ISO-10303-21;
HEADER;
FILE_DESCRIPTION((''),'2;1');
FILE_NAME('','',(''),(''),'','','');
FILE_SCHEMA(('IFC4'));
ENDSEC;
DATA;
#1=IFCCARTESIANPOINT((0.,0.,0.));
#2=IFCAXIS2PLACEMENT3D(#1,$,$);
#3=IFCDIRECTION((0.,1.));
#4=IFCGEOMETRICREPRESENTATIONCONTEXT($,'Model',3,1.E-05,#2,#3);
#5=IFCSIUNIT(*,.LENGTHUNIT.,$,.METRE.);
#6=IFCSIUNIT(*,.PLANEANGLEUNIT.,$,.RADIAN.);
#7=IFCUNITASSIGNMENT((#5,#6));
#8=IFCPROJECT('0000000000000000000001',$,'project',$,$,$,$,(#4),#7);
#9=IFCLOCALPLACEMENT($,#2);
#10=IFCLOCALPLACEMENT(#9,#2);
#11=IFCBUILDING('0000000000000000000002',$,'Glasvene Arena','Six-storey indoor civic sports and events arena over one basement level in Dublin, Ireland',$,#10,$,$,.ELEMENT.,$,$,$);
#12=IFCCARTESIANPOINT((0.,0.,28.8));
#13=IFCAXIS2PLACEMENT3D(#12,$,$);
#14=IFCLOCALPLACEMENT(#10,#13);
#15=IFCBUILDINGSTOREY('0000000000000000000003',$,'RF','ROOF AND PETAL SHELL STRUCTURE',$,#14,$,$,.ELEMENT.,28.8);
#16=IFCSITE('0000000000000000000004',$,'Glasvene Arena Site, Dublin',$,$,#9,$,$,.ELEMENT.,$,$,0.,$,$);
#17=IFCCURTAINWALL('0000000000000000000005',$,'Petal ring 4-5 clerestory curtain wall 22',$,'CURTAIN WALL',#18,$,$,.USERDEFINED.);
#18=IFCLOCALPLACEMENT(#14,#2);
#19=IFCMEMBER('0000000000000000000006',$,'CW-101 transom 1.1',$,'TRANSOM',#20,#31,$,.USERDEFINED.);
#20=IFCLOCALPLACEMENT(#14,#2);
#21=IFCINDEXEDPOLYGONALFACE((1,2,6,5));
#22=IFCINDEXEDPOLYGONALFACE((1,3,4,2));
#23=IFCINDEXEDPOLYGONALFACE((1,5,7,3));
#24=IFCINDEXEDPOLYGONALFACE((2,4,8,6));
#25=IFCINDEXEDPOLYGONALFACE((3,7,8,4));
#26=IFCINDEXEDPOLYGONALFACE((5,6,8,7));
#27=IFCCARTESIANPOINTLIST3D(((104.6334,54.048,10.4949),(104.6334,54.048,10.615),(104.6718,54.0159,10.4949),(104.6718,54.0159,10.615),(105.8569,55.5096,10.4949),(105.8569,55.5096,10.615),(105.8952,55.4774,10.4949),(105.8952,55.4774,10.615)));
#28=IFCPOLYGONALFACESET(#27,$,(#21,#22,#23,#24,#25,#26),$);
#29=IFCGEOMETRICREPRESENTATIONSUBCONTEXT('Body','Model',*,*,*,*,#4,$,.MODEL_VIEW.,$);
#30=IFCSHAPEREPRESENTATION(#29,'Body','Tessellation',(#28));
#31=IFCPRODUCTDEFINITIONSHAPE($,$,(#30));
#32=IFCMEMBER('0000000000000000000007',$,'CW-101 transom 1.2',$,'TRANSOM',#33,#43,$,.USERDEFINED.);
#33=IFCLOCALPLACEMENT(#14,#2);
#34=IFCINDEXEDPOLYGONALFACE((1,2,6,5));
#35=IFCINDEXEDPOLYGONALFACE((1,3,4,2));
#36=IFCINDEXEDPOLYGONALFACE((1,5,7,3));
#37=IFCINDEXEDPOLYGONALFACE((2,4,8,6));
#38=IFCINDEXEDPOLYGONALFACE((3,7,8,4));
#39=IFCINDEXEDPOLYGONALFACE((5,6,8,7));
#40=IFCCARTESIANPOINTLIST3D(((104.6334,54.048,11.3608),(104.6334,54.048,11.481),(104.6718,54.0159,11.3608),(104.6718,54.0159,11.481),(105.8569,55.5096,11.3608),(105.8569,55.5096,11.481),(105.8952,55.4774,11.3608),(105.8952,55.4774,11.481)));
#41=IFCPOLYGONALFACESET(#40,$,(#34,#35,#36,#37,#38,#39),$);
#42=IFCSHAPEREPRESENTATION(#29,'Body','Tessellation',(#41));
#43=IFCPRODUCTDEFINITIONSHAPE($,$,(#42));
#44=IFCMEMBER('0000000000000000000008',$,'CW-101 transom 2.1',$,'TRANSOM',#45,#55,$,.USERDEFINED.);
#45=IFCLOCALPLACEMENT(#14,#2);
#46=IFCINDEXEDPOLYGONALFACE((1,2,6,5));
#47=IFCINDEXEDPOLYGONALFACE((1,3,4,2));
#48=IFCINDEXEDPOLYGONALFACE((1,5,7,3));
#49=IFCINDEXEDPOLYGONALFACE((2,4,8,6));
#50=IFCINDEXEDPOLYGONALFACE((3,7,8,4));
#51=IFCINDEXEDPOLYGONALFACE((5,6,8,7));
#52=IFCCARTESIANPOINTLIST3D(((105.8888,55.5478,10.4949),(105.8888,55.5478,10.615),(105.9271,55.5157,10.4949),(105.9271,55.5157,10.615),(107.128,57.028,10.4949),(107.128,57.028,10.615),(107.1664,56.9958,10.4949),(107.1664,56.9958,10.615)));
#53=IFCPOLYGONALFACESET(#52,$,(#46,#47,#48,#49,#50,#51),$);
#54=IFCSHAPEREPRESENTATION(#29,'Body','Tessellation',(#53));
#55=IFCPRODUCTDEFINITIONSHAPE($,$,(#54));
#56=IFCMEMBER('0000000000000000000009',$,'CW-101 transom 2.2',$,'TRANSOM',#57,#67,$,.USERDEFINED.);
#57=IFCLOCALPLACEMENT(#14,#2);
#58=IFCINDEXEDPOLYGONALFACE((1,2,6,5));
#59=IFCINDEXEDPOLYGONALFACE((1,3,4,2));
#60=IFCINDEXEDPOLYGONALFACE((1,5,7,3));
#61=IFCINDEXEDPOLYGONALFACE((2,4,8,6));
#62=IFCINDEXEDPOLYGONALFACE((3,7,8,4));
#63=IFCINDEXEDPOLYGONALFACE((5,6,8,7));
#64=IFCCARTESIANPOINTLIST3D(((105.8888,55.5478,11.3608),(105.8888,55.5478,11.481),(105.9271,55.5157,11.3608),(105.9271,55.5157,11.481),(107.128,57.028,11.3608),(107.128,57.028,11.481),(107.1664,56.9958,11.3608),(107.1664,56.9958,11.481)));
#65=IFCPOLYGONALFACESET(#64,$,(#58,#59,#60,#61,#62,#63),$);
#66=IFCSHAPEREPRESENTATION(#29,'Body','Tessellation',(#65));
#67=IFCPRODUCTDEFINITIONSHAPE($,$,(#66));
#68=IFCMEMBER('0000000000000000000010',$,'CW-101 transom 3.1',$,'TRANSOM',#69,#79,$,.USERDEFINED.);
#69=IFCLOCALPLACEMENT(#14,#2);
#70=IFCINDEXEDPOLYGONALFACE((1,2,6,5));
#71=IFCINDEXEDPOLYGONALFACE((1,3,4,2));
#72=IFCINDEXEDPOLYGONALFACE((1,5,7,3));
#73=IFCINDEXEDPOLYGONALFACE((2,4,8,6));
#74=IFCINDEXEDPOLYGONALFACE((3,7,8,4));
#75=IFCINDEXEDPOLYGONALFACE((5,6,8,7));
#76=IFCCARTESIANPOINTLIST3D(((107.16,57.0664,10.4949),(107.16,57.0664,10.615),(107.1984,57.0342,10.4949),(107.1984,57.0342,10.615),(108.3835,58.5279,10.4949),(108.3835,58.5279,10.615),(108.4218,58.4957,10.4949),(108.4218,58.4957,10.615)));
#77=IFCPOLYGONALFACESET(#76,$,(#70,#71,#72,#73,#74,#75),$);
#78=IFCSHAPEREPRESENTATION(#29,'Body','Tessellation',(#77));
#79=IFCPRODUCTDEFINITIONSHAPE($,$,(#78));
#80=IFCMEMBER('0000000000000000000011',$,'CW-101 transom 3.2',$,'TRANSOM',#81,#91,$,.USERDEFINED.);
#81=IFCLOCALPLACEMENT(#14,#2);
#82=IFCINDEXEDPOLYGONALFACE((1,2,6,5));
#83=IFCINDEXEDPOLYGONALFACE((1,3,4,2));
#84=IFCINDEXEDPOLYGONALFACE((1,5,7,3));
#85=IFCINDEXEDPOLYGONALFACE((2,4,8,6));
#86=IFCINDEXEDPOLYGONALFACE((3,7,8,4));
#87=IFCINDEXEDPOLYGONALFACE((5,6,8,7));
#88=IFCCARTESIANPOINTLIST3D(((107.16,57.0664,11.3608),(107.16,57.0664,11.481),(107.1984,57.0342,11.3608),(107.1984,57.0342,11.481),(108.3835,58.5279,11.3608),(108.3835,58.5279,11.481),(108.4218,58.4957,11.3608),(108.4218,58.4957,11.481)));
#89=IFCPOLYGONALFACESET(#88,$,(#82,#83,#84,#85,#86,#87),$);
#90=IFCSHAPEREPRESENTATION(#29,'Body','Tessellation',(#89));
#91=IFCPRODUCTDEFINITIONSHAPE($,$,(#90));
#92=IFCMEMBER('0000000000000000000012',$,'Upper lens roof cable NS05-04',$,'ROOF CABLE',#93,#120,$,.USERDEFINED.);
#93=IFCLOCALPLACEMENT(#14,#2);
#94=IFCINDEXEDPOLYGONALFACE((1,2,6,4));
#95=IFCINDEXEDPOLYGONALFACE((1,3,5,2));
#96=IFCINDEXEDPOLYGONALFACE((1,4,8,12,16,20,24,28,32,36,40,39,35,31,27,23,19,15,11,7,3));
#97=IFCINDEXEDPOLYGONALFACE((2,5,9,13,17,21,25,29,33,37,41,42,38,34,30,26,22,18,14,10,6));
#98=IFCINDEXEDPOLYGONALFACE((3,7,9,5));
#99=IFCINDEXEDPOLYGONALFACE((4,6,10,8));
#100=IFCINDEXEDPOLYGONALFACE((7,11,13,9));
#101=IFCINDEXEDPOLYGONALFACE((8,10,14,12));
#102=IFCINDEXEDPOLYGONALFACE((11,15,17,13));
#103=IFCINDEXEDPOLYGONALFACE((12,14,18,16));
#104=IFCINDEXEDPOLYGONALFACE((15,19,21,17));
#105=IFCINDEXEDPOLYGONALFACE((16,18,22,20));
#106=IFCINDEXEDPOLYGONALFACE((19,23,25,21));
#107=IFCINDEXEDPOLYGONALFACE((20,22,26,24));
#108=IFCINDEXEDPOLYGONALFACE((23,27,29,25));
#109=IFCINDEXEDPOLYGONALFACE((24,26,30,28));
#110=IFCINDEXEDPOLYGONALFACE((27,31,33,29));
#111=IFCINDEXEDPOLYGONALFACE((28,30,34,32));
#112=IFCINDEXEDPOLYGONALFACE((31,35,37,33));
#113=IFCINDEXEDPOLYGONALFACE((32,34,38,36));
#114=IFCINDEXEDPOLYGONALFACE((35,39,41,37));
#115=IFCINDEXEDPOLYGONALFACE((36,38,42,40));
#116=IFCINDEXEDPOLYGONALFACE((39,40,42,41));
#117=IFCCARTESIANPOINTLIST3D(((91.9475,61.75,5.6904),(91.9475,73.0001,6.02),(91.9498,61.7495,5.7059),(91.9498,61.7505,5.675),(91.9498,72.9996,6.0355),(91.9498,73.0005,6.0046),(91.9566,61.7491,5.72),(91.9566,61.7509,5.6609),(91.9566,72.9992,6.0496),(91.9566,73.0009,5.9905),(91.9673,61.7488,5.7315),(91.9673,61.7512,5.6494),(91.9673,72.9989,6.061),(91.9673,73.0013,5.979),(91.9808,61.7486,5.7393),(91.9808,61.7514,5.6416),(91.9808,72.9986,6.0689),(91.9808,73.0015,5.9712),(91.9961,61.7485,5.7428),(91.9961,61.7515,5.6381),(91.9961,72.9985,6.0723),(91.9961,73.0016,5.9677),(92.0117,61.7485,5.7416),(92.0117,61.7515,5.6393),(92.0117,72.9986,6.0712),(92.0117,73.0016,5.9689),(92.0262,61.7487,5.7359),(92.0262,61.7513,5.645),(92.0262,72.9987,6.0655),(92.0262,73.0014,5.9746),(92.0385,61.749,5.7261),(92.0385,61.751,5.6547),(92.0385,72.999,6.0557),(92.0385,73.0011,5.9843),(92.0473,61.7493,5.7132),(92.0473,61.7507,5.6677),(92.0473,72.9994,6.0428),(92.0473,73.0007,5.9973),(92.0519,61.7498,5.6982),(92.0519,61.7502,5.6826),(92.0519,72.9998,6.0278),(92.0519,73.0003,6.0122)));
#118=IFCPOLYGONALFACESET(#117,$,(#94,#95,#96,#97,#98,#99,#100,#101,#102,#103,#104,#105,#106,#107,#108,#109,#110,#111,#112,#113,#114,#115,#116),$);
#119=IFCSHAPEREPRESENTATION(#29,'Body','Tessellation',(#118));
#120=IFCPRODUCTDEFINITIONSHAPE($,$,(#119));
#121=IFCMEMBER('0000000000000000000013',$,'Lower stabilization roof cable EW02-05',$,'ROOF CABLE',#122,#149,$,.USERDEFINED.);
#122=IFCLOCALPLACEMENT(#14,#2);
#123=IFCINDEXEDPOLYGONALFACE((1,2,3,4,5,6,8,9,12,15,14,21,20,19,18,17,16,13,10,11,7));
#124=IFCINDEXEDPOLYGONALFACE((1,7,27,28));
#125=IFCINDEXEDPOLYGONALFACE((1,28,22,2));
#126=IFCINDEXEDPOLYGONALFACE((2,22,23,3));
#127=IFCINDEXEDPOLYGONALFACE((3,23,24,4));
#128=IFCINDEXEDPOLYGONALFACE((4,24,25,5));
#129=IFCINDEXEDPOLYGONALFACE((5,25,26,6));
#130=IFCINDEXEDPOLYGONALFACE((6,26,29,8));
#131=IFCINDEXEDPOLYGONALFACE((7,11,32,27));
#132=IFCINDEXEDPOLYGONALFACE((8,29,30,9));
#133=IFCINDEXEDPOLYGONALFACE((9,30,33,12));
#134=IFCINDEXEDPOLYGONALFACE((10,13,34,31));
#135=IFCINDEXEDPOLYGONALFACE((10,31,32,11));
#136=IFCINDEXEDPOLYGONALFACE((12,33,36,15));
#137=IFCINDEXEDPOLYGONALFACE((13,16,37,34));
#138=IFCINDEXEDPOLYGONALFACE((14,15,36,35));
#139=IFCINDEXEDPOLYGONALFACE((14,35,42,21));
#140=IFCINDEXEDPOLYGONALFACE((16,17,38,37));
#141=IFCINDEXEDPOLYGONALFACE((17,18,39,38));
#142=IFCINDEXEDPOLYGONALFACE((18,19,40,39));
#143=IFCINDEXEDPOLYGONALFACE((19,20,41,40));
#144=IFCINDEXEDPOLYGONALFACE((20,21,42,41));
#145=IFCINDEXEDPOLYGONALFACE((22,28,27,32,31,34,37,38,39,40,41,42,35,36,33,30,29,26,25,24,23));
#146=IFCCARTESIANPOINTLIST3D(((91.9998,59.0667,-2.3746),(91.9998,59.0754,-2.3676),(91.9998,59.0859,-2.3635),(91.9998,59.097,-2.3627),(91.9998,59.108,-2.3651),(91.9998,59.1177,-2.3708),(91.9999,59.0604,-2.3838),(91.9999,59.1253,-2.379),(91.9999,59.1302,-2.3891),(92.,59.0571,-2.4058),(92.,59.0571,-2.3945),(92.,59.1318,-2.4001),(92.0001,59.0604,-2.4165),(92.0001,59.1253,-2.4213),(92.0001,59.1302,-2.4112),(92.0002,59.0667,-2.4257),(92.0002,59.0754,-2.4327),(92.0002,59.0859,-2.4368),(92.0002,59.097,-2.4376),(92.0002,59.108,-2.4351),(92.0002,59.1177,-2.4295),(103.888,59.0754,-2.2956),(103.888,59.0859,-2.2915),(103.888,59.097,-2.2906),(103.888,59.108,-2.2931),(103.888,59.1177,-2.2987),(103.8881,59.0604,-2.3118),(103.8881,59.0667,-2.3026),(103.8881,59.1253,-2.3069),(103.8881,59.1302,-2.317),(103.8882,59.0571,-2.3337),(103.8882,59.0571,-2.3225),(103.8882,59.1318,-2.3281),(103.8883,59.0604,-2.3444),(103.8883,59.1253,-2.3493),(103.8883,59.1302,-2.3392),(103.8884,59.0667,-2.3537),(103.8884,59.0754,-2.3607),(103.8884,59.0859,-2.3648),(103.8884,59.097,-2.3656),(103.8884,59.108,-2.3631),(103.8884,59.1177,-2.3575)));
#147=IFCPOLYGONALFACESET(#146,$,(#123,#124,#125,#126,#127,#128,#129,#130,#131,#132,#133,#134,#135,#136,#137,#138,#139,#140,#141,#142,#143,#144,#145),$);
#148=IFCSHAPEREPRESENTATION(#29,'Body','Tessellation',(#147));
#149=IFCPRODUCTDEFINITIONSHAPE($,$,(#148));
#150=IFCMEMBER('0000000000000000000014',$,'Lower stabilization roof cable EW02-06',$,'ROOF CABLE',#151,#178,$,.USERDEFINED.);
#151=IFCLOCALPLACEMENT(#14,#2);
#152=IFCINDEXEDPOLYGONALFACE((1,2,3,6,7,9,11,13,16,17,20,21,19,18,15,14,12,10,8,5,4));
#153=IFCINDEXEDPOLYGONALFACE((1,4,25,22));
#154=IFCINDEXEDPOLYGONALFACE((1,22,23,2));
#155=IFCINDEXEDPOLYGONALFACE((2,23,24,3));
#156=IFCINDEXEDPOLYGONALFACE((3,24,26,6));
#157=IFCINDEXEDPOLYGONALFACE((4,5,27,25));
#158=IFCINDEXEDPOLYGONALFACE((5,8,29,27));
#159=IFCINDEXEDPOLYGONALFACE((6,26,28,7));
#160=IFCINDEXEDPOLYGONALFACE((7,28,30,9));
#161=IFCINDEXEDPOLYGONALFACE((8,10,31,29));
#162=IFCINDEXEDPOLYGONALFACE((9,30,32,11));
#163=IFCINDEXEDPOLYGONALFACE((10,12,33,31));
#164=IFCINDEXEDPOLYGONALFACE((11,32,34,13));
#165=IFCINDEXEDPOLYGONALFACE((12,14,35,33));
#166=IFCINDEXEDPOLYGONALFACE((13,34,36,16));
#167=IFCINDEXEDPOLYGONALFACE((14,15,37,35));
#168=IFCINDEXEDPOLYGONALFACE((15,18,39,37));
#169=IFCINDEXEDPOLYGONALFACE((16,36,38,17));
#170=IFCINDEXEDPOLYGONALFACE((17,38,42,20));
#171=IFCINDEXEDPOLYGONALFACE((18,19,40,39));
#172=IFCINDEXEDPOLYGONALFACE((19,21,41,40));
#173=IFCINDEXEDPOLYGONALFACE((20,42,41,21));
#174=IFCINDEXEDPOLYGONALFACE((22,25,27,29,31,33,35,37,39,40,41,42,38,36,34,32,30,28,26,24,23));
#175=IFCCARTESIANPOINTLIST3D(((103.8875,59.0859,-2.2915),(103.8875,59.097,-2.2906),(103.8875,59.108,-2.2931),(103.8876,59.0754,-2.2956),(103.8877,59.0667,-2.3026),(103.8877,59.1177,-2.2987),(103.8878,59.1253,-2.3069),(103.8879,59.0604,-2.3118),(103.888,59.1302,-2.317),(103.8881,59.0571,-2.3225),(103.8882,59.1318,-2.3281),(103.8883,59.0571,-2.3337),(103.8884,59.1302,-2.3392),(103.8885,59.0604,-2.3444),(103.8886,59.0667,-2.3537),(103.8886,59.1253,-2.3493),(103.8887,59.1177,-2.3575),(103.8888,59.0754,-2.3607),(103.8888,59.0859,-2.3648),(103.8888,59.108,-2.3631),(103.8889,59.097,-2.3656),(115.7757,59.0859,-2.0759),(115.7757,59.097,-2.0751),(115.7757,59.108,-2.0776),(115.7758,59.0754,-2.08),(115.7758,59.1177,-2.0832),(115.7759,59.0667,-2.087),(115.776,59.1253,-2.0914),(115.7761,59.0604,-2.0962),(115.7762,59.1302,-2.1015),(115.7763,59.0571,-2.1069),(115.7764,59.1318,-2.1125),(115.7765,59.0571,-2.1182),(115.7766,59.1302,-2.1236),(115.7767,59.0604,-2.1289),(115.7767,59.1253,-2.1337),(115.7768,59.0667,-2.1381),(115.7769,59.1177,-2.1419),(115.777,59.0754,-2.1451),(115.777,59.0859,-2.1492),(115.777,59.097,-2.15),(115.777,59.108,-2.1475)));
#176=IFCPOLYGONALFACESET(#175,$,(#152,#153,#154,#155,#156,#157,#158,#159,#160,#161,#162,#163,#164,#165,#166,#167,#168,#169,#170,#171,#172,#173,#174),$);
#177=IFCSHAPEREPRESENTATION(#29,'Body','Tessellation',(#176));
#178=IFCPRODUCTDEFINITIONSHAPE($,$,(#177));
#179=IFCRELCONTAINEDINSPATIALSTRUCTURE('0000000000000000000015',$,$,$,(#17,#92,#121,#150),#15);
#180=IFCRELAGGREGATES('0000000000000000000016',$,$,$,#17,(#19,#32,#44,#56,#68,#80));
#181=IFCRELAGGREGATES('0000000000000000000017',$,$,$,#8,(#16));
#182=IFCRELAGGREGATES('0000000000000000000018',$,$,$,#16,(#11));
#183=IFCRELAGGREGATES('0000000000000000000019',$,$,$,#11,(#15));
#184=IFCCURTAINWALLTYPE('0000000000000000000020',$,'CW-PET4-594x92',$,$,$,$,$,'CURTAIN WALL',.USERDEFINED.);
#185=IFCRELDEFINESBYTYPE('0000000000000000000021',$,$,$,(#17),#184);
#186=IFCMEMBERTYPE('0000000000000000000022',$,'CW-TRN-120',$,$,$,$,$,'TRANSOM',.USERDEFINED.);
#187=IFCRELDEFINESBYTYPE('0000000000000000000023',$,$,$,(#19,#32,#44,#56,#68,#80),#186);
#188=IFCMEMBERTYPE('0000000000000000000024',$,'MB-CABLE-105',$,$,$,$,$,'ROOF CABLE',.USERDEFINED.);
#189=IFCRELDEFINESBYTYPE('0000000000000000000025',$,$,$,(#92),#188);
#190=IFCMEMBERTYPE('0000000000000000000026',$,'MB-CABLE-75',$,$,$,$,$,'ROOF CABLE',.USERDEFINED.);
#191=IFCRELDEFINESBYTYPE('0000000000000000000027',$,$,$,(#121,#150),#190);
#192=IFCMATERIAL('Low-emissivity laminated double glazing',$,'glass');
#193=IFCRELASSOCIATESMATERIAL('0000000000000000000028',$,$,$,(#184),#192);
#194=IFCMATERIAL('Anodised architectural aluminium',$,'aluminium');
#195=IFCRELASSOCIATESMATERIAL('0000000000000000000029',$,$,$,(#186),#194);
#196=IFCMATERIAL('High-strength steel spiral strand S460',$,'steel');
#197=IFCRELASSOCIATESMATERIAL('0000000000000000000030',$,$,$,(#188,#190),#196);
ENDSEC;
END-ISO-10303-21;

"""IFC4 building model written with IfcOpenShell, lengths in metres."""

from ifc_helpers import new_model, si_unit, direction, frame, origin, origin_2d, place, context, subcontext, project, spatial, rectangle, circle, extrude, material, material_profile, profile_set, type_object, element, aggregate, save


model = new_model("IFC4")

# Units and contexts
model_context = context("Model", 3, precision=1e-05, world=origin(), true_north=direction((0.0, 1.0)))
body_context = subcontext(model_context, "Body", "Model", "MODEL_VIEW")
ifc_project = project(units=[si_unit("LENGTHUNIT", "METRE"), si_unit("PLANEANGLEUNIT", "RADIAN")], contexts=[model_context])

# Site, building, storey
site_placement = place(None, origin())
site = spatial("IfcSite", under=ifc_project, at=site_placement, Name="Glasvene Arena Site, Dublin", CompositionType="ELEMENT", RefElevation=0.0)
building_placement = place(site_placement, origin())
building = spatial("IfcBuilding", under=site, at=building_placement, Name="Glasvene Arena", Description="Six-storey indoor civic sports and events arena over one basement level in Dublin, Ireland", CompositionType="ELEMENT")
storey_placement = place(building_placement, frame((0.0, 0.0, 28.8)))
storey = spatial("IfcBuildingStorey", under=building, at=storey_placement, Name="RF", Description="ROOF AND PETAL SHELL STRUCTURE", CompositionType="ELEMENT", Elevation=28.8)

# Curtain wall
ifc_material_1 = material(Name="Low-emissivity laminated double glazing", Category="glass")
ifc_material_2 = material(Name="Anodised architectural aluminium", Category="aluminium")
curtain_wall_type_1 = type_object("IfcCurtainWallType", Name="CW-PET4-594x92", ElementType="CURTAIN WALL", PredefinedType="USERDEFINED", material=ifc_material_1)
curtain_wall_1_placement = place(storey_placement, frame((104.6206, 53.9937, 0.0)))
curtain_wall_1 = element("IfcCurtainWall", 1, at=curtain_wall_1_placement, inside=storey, type_object=curtain_wall_type_1, Name="Petal ring 4-5 clerestory curtain wall 22", ObjectType="CURTAIN WALL", PredefinedType="USERDEFINED")

# Members
ifc_material_profile_1 = material_profile(ifc_material_2, rectangle(XDim=0.05, YDim=0.1201, at=origin_2d()), Name="ALU TRANSOM 50x120")
ifc_profile_set_1 = profile_set([ifc_material_profile_1], Name="Anodised architectural aluminium")
member_type_1 = type_object("IfcMemberType", Name="CW-TRN-120", ElementType="TRANSOM", PredefinedType="USERDEFINED", material=ifc_profile_set_1)
member_1_placement = place(storey_placement, frame((104.6526, 54.032, 10.5549), z_axis=(0.641896, 0.766791, 0.0), x_axis=(-0.766791, 0.641896, 0.0)))
member_1 = element("IfcMember", 2, at=member_1_placement, type_object=member_type_1, Name="CW-101 transom 1.1", ObjectType="TRANSOM", PredefinedType="USERDEFINED", context=body_context, shape_type="SweptSolid", body=[
    extrude(rectangle(XDim=0.05, YDim=0.1201, at=origin_2d()), origin(), (0.0, 0.0, 1.0), 1.906),
])
member_2_placement = place(storey_placement, frame((104.6526, 54.032, 11.4209), z_axis=(0.641896, 0.766791, 0.0), x_axis=(-0.766791, 0.641896, 0.0)))
member_2 = element("IfcMember", 3, at=member_2_placement, type_object=member_type_1, Name="CW-101 transom 1.2", ObjectType="TRANSOM", PredefinedType="USERDEFINED", context=body_context, shape_type="SweptSolid", body=[
    extrude(rectangle(XDim=0.05, YDim=0.1201, at=origin_2d()), origin(), (0.0, 0.0, 1.0), 1.906),
])
member_3_placement = place(storey_placement, frame((105.908, 55.5317, 10.5549), z_axis=(0.641937, 0.766758, 0.0), x_axis=(-0.766758, 0.641937, 0.0)))
member_3 = element("IfcMember", 4, at=member_3_placement, type_object=member_type_1, Name="CW-101 transom 2.1", ObjectType="TRANSOM", PredefinedType="USERDEFINED", context=body_context, shape_type="SweptSolid", body=[
    extrude(rectangle(XDim=0.05, YDim=0.1201, at=origin_2d()), origin(), (0.0, 0.0, 1.0), 1.9304),
])
member_4_placement = place(storey_placement, frame((105.908, 55.5317, 11.4209), z_axis=(0.641937, 0.766758, 0.0), x_axis=(-0.766758, 0.641937, 0.0)))
member_4 = element("IfcMember", 5, at=member_4_placement, type_object=member_type_1, Name="CW-101 transom 2.2", ObjectType="TRANSOM", PredefinedType="USERDEFINED", context=body_context, shape_type="SweptSolid", body=[
    extrude(rectangle(XDim=0.05, YDim=0.1201, at=origin_2d()), origin(), (0.0, 0.0, 1.0), 1.9304),
])
member_5_placement = place(storey_placement, frame((107.1792, 57.0503, 10.5549), z_axis=(0.641896, 0.766791, 0.0), x_axis=(-0.766791, 0.641896, 0.0)))
member_5 = element("IfcMember", 6, at=member_5_placement, type_object=member_type_1, Name="CW-101 transom 3.1", ObjectType="TRANSOM", PredefinedType="USERDEFINED", context=body_context, shape_type="SweptSolid", body=[
    extrude(rectangle(XDim=0.05, YDim=0.1201, at=origin_2d()), origin(), (0.0, 0.0, 1.0), 1.906),
])
member_6_placement = place(storey_placement, frame((107.1792, 57.0503, 11.4209), z_axis=(0.641896, 0.766791, 0.0), x_axis=(-0.766791, 0.641896, 0.0)))
member_6 = element("IfcMember", 7, at=member_6_placement, type_object=member_type_1, Name="CW-101 transom 3.2", ObjectType="TRANSOM", PredefinedType="USERDEFINED", context=body_context, shape_type="SweptSolid", body=[
    extrude(rectangle(XDim=0.05, YDim=0.1201, at=origin_2d()), origin(), (0.0, 0.0, 1.0), 1.906),
])

# Members
ifc_material_3 = material(Name="High-strength steel spiral strand S460", Category="steel")
ifc_material_profile_2 = material_profile(ifc_material_3, circle(Radius=0.0525, at=origin_2d()), Name="LCSS D105")
ifc_profile_set_2 = profile_set([ifc_material_profile_2], Name="High-strength steel spiral strand S460")
member_type_2 = type_object("IfcMemberType", Name="MB-CABLE-105", ElementType="ROOF CABLE", PredefinedType="USERDEFINED", material=ifc_profile_set_2)
member_7_placement = place(storey_placement, frame((92.0, 61.75, 5.6904), z_axis=(0.0, 0.999571, 0.029284), x_axis=(-1.0, 0.0, 0.0)))
element("IfcMember", 8, at=member_7_placement, inside=storey, type_object=member_type_2, Name="Upper lens roof cable NS05-04", ObjectType="ROOF CABLE", PredefinedType="USERDEFINED", context=body_context, shape_type="SweptSolid", body=[
    extrude(circle(Radius=0.0525, at=origin_2d()), origin(), (0.0, 0.0, 1.0), 11.2549),
])
ifc_material_profile_3 = material_profile(ifc_material_3, circle(Radius=0.0376, at=origin_2d()), Name="LCSS D75")
ifc_profile_set_3 = profile_set([ifc_material_profile_3], Name="High-strength steel spiral strand S460")
member_type_3 = type_object("IfcMemberType", Name="MB-CABLE-75", ElementType="ROOF CABLE", PredefinedType="USERDEFINED", material=ifc_profile_set_3)
member_8_placement = place(storey_placement, frame((92.0, 59.0942, -2.4001), z_axis=(0.999982, 0.0, 0.006058), x_axis=(0.0, 1.0, 0.0)))
element("IfcMember", 9, at=member_8_placement, inside=storey, type_object=member_type_3, Name="Lower stabilization roof cable EW02-05", ObjectType="ROOF CABLE", PredefinedType="USERDEFINED", context=body_context, shape_type="SweptSolid", body=[
    extrude(circle(Radius=0.0376, at=origin_2d()), origin(), (0.0, 0.0, 1.0), 11.8884),
])
member_9_placement = place(storey_placement, frame((103.8882, 59.0942, -2.3281), z_axis=(0.999836, 0.0, 0.018131), x_axis=(0.0, 1.0, 0.0)))
element("IfcMember", 10, at=member_9_placement, inside=storey, type_object=member_type_3, Name="Lower stabilization roof cable EW02-06", ObjectType="ROOF CABLE", PredefinedType="USERDEFINED", context=body_context, shape_type="SweptSolid", body=[
    extrude(circle(Radius=0.0376, at=origin_2d()), origin(), (0.0, 0.0, 1.0), 11.8901),
])

aggregate(curtain_wall_1, [member_1, member_2, member_3, member_4, member_5, member_6])

save(model, "model.ifc")
